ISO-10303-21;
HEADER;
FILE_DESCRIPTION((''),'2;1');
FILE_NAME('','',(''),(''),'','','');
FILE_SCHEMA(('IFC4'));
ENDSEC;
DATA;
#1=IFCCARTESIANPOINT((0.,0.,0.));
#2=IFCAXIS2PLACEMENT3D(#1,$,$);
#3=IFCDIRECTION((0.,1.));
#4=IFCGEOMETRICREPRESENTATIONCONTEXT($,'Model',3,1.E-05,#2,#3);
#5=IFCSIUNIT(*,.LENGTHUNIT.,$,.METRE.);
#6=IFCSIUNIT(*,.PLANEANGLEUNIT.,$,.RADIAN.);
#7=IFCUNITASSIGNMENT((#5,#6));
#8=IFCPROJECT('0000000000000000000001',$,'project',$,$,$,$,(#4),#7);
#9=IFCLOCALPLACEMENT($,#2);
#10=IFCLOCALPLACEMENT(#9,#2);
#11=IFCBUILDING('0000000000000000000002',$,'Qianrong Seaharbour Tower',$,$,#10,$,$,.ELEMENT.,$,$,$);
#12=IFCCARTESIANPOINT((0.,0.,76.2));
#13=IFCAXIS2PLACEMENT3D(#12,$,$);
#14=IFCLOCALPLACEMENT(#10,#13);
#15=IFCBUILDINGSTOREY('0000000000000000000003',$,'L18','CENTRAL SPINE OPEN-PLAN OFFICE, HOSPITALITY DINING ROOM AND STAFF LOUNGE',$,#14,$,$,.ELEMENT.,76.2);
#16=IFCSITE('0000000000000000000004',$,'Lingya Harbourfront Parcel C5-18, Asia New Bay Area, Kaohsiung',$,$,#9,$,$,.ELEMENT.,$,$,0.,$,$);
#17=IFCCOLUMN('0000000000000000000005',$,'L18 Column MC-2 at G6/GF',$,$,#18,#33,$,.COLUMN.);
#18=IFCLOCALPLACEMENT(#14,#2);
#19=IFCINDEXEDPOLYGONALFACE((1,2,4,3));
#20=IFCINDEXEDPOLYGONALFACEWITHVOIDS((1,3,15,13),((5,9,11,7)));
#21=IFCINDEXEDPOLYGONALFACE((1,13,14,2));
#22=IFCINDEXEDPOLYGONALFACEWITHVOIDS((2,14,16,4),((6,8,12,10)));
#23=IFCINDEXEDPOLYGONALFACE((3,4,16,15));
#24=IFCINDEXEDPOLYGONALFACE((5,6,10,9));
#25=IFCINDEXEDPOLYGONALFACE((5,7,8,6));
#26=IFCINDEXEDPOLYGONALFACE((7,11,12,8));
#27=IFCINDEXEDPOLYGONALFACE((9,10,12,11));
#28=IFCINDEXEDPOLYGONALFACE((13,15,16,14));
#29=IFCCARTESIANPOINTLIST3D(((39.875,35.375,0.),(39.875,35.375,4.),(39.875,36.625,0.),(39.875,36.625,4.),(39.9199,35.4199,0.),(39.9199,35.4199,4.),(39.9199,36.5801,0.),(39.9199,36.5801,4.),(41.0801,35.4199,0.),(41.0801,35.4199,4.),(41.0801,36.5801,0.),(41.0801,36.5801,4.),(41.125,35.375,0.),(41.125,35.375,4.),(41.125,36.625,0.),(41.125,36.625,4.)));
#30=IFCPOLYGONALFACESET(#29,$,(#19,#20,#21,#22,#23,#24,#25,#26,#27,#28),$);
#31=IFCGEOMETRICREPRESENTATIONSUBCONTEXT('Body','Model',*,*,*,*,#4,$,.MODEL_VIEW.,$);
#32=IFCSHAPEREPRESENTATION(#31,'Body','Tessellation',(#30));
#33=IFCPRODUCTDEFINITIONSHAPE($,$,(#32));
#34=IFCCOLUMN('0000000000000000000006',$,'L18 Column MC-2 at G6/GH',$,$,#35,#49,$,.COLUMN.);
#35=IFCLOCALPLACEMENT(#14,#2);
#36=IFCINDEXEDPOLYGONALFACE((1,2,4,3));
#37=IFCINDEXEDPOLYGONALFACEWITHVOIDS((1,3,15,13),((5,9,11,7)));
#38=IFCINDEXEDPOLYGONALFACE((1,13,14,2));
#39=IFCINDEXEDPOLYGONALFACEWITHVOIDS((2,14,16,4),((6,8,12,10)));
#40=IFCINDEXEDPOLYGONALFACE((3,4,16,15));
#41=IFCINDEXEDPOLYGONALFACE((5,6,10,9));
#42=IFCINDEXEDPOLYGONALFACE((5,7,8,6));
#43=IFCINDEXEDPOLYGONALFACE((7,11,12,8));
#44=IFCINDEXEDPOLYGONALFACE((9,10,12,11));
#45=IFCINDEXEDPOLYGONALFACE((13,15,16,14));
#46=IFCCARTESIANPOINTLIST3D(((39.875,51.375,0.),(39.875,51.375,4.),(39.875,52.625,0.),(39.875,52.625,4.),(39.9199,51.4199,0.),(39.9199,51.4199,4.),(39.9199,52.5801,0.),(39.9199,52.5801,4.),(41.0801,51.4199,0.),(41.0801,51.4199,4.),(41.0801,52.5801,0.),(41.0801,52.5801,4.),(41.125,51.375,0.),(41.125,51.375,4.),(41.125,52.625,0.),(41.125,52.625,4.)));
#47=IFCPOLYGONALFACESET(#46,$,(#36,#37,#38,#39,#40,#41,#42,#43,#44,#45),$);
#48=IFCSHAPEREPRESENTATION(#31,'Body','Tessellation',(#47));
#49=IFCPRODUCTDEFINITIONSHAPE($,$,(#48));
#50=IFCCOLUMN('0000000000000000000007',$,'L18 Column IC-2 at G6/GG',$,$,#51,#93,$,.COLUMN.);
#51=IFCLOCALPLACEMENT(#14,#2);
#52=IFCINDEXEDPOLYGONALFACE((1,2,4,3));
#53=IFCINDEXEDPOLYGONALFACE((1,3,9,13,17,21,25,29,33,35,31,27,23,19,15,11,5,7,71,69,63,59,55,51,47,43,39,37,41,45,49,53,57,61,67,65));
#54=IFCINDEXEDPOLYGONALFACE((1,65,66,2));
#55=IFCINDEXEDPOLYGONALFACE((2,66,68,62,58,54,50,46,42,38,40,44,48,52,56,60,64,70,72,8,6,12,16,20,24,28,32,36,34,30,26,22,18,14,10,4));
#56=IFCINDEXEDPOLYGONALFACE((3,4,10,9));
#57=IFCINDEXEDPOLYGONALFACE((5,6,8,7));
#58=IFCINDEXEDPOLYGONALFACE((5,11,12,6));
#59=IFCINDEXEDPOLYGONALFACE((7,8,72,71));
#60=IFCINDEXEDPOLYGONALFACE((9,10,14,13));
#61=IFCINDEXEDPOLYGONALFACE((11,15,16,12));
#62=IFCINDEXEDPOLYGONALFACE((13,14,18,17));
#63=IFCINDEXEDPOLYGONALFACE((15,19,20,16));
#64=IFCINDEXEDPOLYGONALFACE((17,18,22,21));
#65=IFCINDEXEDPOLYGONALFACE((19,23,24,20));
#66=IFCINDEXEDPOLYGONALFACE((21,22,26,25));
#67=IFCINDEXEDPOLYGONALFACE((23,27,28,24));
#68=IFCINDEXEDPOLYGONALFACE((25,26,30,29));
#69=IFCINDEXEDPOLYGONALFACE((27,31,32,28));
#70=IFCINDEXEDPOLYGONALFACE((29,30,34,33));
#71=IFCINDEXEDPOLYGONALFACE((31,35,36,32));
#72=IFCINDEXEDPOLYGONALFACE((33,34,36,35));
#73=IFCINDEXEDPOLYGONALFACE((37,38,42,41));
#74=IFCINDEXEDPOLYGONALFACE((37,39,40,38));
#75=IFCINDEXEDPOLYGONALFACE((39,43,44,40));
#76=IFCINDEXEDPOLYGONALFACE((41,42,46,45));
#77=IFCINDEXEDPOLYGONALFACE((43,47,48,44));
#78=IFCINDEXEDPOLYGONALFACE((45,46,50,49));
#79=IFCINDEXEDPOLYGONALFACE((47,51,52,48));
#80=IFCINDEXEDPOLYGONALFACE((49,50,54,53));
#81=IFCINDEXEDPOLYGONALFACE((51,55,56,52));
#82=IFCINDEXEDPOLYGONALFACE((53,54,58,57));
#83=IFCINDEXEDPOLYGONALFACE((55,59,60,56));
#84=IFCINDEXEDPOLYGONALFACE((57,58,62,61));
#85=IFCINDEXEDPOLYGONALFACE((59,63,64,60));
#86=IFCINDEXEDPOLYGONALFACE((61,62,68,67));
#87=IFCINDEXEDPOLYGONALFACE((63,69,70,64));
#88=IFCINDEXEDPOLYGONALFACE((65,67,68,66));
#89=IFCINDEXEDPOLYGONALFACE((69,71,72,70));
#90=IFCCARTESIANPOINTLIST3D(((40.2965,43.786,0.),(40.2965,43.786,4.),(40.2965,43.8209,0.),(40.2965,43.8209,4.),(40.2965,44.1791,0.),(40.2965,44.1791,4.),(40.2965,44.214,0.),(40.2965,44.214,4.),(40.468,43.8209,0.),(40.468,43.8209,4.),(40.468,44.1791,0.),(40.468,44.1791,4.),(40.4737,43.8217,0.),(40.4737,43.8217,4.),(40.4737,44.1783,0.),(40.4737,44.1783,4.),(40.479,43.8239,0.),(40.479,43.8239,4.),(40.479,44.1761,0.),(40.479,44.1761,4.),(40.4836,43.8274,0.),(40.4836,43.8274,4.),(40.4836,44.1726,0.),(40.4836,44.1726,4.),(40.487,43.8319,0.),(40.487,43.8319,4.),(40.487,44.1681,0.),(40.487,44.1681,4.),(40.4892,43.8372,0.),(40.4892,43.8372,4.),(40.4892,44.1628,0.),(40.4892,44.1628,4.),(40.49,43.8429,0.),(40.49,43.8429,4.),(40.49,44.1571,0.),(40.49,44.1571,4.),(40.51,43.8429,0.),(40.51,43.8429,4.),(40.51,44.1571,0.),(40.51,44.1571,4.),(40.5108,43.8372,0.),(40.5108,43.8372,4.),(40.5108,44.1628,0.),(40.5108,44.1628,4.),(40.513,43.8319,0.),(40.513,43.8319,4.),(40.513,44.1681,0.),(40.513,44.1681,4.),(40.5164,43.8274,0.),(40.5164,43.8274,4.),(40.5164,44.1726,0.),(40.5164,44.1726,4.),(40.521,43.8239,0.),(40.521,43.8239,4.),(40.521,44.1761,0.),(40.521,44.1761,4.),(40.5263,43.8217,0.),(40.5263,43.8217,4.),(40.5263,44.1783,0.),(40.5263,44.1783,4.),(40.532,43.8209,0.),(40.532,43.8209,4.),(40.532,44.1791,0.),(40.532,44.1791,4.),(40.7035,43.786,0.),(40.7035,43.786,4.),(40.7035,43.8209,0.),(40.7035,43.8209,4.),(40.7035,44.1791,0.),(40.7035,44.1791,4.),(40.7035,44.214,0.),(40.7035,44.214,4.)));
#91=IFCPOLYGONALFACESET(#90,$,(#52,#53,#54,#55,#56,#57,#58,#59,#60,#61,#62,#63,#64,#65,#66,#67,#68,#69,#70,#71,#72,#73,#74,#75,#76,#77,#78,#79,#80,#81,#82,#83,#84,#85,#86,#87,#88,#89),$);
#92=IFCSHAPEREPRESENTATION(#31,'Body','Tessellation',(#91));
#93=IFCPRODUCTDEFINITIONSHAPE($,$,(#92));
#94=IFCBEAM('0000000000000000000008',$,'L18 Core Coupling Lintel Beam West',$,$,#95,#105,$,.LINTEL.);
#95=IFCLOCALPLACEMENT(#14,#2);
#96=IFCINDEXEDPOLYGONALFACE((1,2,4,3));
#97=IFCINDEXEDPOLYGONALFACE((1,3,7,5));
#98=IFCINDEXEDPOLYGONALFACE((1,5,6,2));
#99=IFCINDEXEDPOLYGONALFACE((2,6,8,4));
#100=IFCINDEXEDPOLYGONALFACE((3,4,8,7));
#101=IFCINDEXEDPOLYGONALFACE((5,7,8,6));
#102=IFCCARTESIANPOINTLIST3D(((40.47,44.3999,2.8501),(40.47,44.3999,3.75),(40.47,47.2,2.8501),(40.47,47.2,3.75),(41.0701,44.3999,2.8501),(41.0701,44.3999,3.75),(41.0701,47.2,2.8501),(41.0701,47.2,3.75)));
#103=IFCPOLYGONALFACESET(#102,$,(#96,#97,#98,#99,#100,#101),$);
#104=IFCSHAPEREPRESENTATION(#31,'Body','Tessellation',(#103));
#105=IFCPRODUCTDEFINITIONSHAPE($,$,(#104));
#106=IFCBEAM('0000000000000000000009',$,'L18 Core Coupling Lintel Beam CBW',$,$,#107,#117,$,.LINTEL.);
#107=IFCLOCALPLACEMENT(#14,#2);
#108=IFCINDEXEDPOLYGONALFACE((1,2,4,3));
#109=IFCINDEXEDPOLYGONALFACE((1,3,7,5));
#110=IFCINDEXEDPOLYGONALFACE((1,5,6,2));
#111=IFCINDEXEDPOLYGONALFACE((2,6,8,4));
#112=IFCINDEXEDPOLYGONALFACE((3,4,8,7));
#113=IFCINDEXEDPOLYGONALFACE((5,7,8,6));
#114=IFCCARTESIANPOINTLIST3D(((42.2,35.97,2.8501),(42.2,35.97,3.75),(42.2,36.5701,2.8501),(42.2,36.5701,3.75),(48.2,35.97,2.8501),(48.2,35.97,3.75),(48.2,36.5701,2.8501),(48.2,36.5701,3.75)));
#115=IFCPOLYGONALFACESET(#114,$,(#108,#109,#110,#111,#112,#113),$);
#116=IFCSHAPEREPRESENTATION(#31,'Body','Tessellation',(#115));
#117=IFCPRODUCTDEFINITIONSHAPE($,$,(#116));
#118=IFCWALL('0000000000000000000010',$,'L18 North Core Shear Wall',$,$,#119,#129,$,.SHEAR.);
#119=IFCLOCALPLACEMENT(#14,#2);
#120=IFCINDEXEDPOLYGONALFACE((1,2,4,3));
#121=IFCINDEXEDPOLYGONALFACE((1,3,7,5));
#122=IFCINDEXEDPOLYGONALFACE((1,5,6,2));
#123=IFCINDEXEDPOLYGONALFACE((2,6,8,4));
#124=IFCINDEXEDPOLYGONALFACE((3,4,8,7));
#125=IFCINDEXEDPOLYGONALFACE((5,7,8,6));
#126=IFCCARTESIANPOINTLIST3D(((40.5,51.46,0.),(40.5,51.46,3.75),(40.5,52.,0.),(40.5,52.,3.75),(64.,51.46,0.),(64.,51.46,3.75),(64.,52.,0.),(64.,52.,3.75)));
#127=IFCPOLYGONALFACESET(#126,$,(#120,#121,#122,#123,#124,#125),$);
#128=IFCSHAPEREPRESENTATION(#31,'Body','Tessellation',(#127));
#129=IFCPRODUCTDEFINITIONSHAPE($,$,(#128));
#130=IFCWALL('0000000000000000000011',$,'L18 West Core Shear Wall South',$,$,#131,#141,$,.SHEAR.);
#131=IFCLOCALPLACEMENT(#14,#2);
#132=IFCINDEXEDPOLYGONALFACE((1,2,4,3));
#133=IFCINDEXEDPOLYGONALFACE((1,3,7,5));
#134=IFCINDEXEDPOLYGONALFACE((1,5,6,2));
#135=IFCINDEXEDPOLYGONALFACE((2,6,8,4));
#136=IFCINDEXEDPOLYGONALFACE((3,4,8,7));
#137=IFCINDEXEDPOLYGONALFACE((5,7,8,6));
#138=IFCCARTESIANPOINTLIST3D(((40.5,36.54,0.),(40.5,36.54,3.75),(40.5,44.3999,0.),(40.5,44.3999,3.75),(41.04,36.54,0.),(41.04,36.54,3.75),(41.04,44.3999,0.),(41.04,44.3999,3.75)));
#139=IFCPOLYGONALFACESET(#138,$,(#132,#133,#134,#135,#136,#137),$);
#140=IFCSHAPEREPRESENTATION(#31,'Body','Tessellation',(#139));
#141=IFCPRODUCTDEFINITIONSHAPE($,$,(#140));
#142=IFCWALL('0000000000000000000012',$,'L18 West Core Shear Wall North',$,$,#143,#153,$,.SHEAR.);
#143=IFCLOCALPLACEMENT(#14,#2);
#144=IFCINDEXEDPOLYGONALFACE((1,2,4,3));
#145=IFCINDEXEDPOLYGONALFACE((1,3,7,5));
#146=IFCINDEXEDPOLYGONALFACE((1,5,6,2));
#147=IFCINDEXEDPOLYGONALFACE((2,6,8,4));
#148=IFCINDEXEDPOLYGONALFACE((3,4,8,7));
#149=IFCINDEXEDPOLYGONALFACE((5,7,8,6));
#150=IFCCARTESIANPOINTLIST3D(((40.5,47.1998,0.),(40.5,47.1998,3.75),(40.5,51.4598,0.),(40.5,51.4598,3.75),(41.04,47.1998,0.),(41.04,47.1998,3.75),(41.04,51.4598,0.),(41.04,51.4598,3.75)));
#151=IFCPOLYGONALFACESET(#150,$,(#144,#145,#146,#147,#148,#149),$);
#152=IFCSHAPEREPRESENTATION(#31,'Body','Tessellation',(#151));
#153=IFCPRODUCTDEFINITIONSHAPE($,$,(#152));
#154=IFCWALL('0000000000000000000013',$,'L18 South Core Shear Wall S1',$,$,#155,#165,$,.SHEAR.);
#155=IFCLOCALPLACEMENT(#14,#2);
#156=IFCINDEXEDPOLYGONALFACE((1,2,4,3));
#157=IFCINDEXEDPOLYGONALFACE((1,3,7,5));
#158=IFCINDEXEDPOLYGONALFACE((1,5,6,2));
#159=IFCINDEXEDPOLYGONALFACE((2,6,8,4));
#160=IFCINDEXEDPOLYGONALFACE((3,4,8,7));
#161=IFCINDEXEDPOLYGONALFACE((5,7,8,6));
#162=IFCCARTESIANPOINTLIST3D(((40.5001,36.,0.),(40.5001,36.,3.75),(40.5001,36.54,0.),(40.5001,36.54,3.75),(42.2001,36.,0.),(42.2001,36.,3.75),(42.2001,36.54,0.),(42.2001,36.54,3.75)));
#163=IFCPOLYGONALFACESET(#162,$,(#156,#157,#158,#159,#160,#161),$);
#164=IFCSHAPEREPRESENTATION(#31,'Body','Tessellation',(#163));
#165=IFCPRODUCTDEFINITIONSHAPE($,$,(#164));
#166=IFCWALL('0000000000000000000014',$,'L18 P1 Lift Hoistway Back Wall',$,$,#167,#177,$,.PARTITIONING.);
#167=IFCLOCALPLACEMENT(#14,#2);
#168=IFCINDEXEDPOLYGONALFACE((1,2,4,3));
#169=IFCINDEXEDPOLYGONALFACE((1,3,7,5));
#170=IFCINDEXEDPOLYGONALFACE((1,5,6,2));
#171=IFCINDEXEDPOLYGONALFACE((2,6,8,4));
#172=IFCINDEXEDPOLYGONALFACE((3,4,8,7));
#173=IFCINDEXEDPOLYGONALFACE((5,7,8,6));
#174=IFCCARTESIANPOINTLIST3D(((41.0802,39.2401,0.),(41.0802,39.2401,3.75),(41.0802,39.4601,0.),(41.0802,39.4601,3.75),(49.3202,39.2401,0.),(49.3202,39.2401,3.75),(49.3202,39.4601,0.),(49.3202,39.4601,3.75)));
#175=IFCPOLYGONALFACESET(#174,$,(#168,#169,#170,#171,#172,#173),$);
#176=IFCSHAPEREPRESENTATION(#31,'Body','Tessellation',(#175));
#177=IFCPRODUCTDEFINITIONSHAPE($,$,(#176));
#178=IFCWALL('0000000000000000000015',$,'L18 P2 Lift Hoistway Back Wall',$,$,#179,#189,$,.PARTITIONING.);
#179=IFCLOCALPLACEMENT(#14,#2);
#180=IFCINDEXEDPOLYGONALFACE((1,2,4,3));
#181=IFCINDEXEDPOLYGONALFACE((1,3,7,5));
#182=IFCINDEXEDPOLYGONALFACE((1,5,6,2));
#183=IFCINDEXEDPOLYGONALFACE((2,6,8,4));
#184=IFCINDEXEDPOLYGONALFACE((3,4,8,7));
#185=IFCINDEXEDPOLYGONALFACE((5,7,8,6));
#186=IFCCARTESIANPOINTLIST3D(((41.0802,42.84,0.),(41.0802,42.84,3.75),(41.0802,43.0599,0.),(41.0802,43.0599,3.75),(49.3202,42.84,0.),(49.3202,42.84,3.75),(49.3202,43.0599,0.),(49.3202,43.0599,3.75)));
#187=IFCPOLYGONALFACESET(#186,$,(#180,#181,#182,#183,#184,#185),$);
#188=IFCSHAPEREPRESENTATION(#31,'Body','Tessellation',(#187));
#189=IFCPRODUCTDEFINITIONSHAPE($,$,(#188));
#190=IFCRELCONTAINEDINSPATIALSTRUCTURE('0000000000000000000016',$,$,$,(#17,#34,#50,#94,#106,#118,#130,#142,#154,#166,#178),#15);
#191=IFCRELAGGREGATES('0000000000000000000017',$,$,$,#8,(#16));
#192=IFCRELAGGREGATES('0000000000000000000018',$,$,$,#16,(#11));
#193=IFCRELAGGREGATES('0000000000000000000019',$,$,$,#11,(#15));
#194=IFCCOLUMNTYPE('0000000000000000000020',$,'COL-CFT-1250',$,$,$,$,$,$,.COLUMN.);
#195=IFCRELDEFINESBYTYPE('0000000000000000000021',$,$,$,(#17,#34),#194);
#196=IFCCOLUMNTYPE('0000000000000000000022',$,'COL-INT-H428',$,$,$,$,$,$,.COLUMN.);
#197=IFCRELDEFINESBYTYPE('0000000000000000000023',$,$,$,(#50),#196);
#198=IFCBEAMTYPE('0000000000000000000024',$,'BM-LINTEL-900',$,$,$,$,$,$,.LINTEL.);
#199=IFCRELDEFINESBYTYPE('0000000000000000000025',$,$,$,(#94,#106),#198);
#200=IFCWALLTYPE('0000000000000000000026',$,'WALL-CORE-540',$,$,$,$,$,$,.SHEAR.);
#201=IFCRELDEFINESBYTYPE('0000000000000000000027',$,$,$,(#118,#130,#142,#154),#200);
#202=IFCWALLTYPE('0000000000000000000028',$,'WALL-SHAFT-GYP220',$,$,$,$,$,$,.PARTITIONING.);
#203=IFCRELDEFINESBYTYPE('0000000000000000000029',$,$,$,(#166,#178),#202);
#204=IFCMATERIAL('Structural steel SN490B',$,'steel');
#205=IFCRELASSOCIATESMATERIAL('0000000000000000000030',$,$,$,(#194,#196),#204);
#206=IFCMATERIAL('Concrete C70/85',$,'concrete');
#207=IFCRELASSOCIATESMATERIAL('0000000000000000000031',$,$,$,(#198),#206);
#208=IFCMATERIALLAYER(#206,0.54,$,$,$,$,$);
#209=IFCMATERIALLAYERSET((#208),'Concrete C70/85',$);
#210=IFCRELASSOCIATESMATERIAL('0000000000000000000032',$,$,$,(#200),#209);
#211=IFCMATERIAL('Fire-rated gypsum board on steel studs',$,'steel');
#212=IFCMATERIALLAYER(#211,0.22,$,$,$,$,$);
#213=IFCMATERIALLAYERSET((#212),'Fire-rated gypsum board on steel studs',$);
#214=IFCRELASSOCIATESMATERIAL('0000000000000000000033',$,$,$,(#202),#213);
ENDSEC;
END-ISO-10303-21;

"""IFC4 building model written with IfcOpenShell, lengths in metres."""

from ifc_helpers import new_model, si_unit, direction, frame, frame_2d, origin, origin_2d, place, context, subcontext, project, spatial, rectangle, hollow_rectangle, i_section, extrude, material, layer, layer_set, material_profile, profile_set, type_object, element, save


model = new_model("IFC4")

# Units and contexts
model_context = context("Model", 3, precision=1e-05, world=origin(), true_north=direction((0.0, 1.0)))
body_context = subcontext(model_context, "Body", "Model", "MODEL_VIEW")
ifc_project = project(units=[si_unit("LENGTHUNIT", "METRE"), si_unit("PLANEANGLEUNIT", "RADIAN")], contexts=[model_context])

# Site, building, storey
site_placement = place(None, origin())
site = spatial("IfcSite", under=ifc_project, at=site_placement, Name="Lingya Harbourfront Parcel C5-18, Asia New Bay Area, Kaohsiung", CompositionType="ELEMENT", RefElevation=0.0)
building_placement = place(site_placement, origin())
building = spatial("IfcBuilding", under=site, at=building_placement, Name="Qianrong Seaharbour Tower", CompositionType="ELEMENT")
storey_placement = place(building_placement, frame((0.0, 0.0, 76.2)))
storey = spatial("IfcBuildingStorey", under=building, at=storey_placement, Name="L18", Description="CENTRAL SPINE OPEN-PLAN OFFICE, HOSPITALITY DINING ROOM AND STAFF LOUNGE", CompositionType="ELEMENT", Elevation=76.2)

# Columns
ifc_material_1 = material(Name="Structural steel SN490B", Category="steel")
ifc_material_profile_1 = material_profile(ifc_material_1, hollow_rectangle(XDim=1.25, YDim=1.25, WallThickness=0.0449, at=origin_2d()), Name="BOX1250x1250x45")
ifc_profile_set_1 = profile_set([ifc_material_profile_1], Name="Structural steel SN490B")
column_type_1 = type_object("IfcColumnType", Name="COL-CFT-1250", PredefinedType="COLUMN", material=ifc_profile_set_1)
for number, where, z_axis, x_axis, name in (
    (1, (40.5, 36.0, 0.0), (0.0, 0.0, 1.0), (1.0, 0.0, 0.0), "L18 Column MC-2 at G6/GF"),
    (2, (40.5, 52.0, 0.0), (0.0, 0.0, 1.0), (1.0, 0.0, 0.0), "L18 Column MC-2 at G6/GH"),
):
    element("IfcColumn", number, at=place(storey_placement, frame(where, z_axis=z_axis, x_axis=x_axis)), inside=storey, type_object=column_type_1, Name=name, PredefinedType="COLUMN", context=body_context, shape_type="SweptSolid", body=[
        extrude(hollow_rectangle(XDim=1.25, YDim=1.25, WallThickness=0.0449, at=origin_2d()), origin(), (0.0, 0.0, 1.0), 4.0),
    ])
ifc_material_profile_2 = material_profile(ifc_material_1, i_section(OverallWidth=0.407, OverallDepth=0.428, WebThickness=0.02, FlangeThickness=0.0349, FilletRadius=0.022, at=origin_2d()), Name="H428x407x20x35")
ifc_profile_set_2 = profile_set([ifc_material_profile_2], Name="Structural steel SN490B")
column_type_2 = type_object("IfcColumnType", Name="COL-INT-H428", PredefinedType="COLUMN", material=ifc_profile_set_2)
column_placement = place(storey_placement, frame((40.5, 44.0, 0.0), z_axis=(0.0, 0.0, 1.0), x_axis=(1.0, 0.0, 0.0)))
element("IfcColumn", 3, at=column_placement, inside=storey, type_object=column_type_2, Name="L18 Column IC-2 at G6/GG", PredefinedType="COLUMN", context=body_context, shape_type="SweptSolid", body=[
    extrude(i_section(OverallWidth=0.407, OverallDepth=0.428, WebThickness=0.02, FlangeThickness=0.0349, FilletRadius=0.022, at=origin_2d()), origin(), (0.0, 0.0, 1.0), 4.0),
])

# Beams
ifc_material_2 = material(Name="Concrete C70/85", Category="concrete")
ifc_material_profile_3 = material_profile(ifc_material_2, rectangle(XDim=0.6001, YDim=0.8999, at=origin_2d()), Name="RC600x900")
ifc_profile_set_3 = profile_set([ifc_material_profile_3], Name="Concrete C70/85")
beam_type = type_object("IfcBeamType", Name="BM-LINTEL-900", PredefinedType="LINTEL", material=ifc_profile_set_3)
beam_1_placement = place(storey_placement, frame((40.77, 44.3999, 3.3), z_axis=(0.0, 1.0, 0.0), x_axis=(-1.0, 0.0, 0.0)))
element("IfcBeam", 4, at=beam_1_placement, inside=storey, type_object=beam_type, Name="L18 Core Coupling Lintel Beam West", PredefinedType="LINTEL", context=body_context, shape_type="SweptSolid", body=[
    extrude(rectangle(XDim=0.6001, YDim=0.8999, at=origin_2d()), origin(), (0.0, 0.0, 1.0), 2.8),
])
beam_2_placement = place(storey_placement, frame((42.2, 36.27, 3.3), z_axis=(1.0, 0.0, 0.0), x_axis=(0.0, 1.0, 0.0)))
element("IfcBeam", 5, at=beam_2_placement, inside=storey, type_object=beam_type, Name="L18 Core Coupling Lintel Beam CBW", PredefinedType="LINTEL", context=body_context, shape_type="SweptSolid", body=[
    extrude(rectangle(XDim=0.6001, YDim=0.8999, at=origin_2d()), origin(), (0.0, 0.0, 1.0), 6.0),
])

# Walls
ifc_layer_1 = layer(ifc_material_2, 0.54)
ifc_layer_set_1 = layer_set([ifc_layer_1], Name="Concrete C70/85")
wall_type_1 = type_object("IfcWallType", Name="WALL-CORE-540", PredefinedType="SHEAR", material=ifc_layer_set_1)
wall_1_placement = place(storey_placement, frame((40.5, 51.73, 0.0), z_axis=(0.0, 0.0, 1.0), x_axis=(1.0, 0.0, 0.0)))
element("IfcWall", 6, at=wall_1_placement, inside=storey, type_object=wall_type_1, Name="L18 North Core Shear Wall", PredefinedType="SHEAR", context=body_context, shape_type="SweptSolid", body=[
    extrude(rectangle(XDim=23.5, YDim=0.54, at=frame_2d((11.75, 0.0))), origin(), (0.0, 0.0, 1.0), 3.75),
])
wall_2_placement = place(storey_placement, frame((40.77, 36.54, 0.0), z_axis=(0.0, 0.0, 1.0), x_axis=(0.0, 1.0, 0.0)))
element("IfcWall", 7, at=wall_2_placement, inside=storey, type_object=wall_type_1, Name="L18 West Core Shear Wall South", PredefinedType="SHEAR", context=body_context, shape_type="SweptSolid", body=[
    extrude(rectangle(XDim=7.8599, YDim=0.54, at=frame_2d((3.9299, 0.0))), origin(), (0.0, 0.0, 1.0), 3.75),
])
wall_3_placement = place(storey_placement, frame((40.77, 47.2, 0.0), z_axis=(0.0, 0.0, 1.0), x_axis=(0.0, 1.0, 0.0)))
element("IfcWall", 8, at=wall_3_placement, inside=storey, type_object=wall_type_1, Name="L18 West Core Shear Wall North", PredefinedType="SHEAR", context=body_context, shape_type="SweptSolid", body=[
    extrude(rectangle(XDim=4.26, YDim=0.54, at=frame_2d((2.1299, 0.0))), origin(), (0.0, 0.0, 1.0), 3.75),
])
wall_4_placement = place(storey_placement, frame((40.5, 36.27, 0.0), z_axis=(0.0, 0.0, 1.0), x_axis=(1.0, 0.0, 0.0)))
element("IfcWall", 9, at=wall_4_placement, inside=storey, type_object=wall_type_1, Name="L18 South Core Shear Wall S1", PredefinedType="SHEAR", context=body_context, shape_type="SweptSolid", body=[
    extrude(rectangle(XDim=1.7, YDim=0.54, at=frame_2d((0.8501, 0.0))), origin(), (0.0, 0.0, 1.0), 3.75),
])

# Walls
ifc_material_3 = material(Name="Fire-rated gypsum board on steel studs", Category="steel")
ifc_layer_2 = layer(ifc_material_3, 0.22)
ifc_layer_set_2 = layer_set([ifc_layer_2], Name="Fire-rated gypsum board on steel studs")
wall_type_2 = type_object("IfcWallType", Name="WALL-SHAFT-GYP220", PredefinedType="PARTITIONING", material=ifc_layer_set_2)
for number, where, z_axis, x_axis, name in (
    (10, (41.0801, 39.3501, 0.0), (0.0, 0.0, 1.0), (1.0, 0.0, 0.0), "L18 P1 Lift Hoistway Back Wall"),
    (11, (41.0801, 42.95, 0.0), (0.0, 0.0, 1.0), (1.0, 0.0, 0.0), "L18 P2 Lift Hoistway Back Wall"),
):
    element("IfcWall", number, at=place(storey_placement, frame(where, z_axis=z_axis, x_axis=x_axis)), inside=storey, type_object=wall_type_2, Name=name, PredefinedType="PARTITIONING", context=body_context, shape_type="SweptSolid", body=[
        extrude(rectangle(XDim=8.24, YDim=0.22, at=frame_2d((4.1201, 0.0))), origin(), (0.0, 0.0, 1.0), 3.75),
    ])

save(model, "model.ifc")
